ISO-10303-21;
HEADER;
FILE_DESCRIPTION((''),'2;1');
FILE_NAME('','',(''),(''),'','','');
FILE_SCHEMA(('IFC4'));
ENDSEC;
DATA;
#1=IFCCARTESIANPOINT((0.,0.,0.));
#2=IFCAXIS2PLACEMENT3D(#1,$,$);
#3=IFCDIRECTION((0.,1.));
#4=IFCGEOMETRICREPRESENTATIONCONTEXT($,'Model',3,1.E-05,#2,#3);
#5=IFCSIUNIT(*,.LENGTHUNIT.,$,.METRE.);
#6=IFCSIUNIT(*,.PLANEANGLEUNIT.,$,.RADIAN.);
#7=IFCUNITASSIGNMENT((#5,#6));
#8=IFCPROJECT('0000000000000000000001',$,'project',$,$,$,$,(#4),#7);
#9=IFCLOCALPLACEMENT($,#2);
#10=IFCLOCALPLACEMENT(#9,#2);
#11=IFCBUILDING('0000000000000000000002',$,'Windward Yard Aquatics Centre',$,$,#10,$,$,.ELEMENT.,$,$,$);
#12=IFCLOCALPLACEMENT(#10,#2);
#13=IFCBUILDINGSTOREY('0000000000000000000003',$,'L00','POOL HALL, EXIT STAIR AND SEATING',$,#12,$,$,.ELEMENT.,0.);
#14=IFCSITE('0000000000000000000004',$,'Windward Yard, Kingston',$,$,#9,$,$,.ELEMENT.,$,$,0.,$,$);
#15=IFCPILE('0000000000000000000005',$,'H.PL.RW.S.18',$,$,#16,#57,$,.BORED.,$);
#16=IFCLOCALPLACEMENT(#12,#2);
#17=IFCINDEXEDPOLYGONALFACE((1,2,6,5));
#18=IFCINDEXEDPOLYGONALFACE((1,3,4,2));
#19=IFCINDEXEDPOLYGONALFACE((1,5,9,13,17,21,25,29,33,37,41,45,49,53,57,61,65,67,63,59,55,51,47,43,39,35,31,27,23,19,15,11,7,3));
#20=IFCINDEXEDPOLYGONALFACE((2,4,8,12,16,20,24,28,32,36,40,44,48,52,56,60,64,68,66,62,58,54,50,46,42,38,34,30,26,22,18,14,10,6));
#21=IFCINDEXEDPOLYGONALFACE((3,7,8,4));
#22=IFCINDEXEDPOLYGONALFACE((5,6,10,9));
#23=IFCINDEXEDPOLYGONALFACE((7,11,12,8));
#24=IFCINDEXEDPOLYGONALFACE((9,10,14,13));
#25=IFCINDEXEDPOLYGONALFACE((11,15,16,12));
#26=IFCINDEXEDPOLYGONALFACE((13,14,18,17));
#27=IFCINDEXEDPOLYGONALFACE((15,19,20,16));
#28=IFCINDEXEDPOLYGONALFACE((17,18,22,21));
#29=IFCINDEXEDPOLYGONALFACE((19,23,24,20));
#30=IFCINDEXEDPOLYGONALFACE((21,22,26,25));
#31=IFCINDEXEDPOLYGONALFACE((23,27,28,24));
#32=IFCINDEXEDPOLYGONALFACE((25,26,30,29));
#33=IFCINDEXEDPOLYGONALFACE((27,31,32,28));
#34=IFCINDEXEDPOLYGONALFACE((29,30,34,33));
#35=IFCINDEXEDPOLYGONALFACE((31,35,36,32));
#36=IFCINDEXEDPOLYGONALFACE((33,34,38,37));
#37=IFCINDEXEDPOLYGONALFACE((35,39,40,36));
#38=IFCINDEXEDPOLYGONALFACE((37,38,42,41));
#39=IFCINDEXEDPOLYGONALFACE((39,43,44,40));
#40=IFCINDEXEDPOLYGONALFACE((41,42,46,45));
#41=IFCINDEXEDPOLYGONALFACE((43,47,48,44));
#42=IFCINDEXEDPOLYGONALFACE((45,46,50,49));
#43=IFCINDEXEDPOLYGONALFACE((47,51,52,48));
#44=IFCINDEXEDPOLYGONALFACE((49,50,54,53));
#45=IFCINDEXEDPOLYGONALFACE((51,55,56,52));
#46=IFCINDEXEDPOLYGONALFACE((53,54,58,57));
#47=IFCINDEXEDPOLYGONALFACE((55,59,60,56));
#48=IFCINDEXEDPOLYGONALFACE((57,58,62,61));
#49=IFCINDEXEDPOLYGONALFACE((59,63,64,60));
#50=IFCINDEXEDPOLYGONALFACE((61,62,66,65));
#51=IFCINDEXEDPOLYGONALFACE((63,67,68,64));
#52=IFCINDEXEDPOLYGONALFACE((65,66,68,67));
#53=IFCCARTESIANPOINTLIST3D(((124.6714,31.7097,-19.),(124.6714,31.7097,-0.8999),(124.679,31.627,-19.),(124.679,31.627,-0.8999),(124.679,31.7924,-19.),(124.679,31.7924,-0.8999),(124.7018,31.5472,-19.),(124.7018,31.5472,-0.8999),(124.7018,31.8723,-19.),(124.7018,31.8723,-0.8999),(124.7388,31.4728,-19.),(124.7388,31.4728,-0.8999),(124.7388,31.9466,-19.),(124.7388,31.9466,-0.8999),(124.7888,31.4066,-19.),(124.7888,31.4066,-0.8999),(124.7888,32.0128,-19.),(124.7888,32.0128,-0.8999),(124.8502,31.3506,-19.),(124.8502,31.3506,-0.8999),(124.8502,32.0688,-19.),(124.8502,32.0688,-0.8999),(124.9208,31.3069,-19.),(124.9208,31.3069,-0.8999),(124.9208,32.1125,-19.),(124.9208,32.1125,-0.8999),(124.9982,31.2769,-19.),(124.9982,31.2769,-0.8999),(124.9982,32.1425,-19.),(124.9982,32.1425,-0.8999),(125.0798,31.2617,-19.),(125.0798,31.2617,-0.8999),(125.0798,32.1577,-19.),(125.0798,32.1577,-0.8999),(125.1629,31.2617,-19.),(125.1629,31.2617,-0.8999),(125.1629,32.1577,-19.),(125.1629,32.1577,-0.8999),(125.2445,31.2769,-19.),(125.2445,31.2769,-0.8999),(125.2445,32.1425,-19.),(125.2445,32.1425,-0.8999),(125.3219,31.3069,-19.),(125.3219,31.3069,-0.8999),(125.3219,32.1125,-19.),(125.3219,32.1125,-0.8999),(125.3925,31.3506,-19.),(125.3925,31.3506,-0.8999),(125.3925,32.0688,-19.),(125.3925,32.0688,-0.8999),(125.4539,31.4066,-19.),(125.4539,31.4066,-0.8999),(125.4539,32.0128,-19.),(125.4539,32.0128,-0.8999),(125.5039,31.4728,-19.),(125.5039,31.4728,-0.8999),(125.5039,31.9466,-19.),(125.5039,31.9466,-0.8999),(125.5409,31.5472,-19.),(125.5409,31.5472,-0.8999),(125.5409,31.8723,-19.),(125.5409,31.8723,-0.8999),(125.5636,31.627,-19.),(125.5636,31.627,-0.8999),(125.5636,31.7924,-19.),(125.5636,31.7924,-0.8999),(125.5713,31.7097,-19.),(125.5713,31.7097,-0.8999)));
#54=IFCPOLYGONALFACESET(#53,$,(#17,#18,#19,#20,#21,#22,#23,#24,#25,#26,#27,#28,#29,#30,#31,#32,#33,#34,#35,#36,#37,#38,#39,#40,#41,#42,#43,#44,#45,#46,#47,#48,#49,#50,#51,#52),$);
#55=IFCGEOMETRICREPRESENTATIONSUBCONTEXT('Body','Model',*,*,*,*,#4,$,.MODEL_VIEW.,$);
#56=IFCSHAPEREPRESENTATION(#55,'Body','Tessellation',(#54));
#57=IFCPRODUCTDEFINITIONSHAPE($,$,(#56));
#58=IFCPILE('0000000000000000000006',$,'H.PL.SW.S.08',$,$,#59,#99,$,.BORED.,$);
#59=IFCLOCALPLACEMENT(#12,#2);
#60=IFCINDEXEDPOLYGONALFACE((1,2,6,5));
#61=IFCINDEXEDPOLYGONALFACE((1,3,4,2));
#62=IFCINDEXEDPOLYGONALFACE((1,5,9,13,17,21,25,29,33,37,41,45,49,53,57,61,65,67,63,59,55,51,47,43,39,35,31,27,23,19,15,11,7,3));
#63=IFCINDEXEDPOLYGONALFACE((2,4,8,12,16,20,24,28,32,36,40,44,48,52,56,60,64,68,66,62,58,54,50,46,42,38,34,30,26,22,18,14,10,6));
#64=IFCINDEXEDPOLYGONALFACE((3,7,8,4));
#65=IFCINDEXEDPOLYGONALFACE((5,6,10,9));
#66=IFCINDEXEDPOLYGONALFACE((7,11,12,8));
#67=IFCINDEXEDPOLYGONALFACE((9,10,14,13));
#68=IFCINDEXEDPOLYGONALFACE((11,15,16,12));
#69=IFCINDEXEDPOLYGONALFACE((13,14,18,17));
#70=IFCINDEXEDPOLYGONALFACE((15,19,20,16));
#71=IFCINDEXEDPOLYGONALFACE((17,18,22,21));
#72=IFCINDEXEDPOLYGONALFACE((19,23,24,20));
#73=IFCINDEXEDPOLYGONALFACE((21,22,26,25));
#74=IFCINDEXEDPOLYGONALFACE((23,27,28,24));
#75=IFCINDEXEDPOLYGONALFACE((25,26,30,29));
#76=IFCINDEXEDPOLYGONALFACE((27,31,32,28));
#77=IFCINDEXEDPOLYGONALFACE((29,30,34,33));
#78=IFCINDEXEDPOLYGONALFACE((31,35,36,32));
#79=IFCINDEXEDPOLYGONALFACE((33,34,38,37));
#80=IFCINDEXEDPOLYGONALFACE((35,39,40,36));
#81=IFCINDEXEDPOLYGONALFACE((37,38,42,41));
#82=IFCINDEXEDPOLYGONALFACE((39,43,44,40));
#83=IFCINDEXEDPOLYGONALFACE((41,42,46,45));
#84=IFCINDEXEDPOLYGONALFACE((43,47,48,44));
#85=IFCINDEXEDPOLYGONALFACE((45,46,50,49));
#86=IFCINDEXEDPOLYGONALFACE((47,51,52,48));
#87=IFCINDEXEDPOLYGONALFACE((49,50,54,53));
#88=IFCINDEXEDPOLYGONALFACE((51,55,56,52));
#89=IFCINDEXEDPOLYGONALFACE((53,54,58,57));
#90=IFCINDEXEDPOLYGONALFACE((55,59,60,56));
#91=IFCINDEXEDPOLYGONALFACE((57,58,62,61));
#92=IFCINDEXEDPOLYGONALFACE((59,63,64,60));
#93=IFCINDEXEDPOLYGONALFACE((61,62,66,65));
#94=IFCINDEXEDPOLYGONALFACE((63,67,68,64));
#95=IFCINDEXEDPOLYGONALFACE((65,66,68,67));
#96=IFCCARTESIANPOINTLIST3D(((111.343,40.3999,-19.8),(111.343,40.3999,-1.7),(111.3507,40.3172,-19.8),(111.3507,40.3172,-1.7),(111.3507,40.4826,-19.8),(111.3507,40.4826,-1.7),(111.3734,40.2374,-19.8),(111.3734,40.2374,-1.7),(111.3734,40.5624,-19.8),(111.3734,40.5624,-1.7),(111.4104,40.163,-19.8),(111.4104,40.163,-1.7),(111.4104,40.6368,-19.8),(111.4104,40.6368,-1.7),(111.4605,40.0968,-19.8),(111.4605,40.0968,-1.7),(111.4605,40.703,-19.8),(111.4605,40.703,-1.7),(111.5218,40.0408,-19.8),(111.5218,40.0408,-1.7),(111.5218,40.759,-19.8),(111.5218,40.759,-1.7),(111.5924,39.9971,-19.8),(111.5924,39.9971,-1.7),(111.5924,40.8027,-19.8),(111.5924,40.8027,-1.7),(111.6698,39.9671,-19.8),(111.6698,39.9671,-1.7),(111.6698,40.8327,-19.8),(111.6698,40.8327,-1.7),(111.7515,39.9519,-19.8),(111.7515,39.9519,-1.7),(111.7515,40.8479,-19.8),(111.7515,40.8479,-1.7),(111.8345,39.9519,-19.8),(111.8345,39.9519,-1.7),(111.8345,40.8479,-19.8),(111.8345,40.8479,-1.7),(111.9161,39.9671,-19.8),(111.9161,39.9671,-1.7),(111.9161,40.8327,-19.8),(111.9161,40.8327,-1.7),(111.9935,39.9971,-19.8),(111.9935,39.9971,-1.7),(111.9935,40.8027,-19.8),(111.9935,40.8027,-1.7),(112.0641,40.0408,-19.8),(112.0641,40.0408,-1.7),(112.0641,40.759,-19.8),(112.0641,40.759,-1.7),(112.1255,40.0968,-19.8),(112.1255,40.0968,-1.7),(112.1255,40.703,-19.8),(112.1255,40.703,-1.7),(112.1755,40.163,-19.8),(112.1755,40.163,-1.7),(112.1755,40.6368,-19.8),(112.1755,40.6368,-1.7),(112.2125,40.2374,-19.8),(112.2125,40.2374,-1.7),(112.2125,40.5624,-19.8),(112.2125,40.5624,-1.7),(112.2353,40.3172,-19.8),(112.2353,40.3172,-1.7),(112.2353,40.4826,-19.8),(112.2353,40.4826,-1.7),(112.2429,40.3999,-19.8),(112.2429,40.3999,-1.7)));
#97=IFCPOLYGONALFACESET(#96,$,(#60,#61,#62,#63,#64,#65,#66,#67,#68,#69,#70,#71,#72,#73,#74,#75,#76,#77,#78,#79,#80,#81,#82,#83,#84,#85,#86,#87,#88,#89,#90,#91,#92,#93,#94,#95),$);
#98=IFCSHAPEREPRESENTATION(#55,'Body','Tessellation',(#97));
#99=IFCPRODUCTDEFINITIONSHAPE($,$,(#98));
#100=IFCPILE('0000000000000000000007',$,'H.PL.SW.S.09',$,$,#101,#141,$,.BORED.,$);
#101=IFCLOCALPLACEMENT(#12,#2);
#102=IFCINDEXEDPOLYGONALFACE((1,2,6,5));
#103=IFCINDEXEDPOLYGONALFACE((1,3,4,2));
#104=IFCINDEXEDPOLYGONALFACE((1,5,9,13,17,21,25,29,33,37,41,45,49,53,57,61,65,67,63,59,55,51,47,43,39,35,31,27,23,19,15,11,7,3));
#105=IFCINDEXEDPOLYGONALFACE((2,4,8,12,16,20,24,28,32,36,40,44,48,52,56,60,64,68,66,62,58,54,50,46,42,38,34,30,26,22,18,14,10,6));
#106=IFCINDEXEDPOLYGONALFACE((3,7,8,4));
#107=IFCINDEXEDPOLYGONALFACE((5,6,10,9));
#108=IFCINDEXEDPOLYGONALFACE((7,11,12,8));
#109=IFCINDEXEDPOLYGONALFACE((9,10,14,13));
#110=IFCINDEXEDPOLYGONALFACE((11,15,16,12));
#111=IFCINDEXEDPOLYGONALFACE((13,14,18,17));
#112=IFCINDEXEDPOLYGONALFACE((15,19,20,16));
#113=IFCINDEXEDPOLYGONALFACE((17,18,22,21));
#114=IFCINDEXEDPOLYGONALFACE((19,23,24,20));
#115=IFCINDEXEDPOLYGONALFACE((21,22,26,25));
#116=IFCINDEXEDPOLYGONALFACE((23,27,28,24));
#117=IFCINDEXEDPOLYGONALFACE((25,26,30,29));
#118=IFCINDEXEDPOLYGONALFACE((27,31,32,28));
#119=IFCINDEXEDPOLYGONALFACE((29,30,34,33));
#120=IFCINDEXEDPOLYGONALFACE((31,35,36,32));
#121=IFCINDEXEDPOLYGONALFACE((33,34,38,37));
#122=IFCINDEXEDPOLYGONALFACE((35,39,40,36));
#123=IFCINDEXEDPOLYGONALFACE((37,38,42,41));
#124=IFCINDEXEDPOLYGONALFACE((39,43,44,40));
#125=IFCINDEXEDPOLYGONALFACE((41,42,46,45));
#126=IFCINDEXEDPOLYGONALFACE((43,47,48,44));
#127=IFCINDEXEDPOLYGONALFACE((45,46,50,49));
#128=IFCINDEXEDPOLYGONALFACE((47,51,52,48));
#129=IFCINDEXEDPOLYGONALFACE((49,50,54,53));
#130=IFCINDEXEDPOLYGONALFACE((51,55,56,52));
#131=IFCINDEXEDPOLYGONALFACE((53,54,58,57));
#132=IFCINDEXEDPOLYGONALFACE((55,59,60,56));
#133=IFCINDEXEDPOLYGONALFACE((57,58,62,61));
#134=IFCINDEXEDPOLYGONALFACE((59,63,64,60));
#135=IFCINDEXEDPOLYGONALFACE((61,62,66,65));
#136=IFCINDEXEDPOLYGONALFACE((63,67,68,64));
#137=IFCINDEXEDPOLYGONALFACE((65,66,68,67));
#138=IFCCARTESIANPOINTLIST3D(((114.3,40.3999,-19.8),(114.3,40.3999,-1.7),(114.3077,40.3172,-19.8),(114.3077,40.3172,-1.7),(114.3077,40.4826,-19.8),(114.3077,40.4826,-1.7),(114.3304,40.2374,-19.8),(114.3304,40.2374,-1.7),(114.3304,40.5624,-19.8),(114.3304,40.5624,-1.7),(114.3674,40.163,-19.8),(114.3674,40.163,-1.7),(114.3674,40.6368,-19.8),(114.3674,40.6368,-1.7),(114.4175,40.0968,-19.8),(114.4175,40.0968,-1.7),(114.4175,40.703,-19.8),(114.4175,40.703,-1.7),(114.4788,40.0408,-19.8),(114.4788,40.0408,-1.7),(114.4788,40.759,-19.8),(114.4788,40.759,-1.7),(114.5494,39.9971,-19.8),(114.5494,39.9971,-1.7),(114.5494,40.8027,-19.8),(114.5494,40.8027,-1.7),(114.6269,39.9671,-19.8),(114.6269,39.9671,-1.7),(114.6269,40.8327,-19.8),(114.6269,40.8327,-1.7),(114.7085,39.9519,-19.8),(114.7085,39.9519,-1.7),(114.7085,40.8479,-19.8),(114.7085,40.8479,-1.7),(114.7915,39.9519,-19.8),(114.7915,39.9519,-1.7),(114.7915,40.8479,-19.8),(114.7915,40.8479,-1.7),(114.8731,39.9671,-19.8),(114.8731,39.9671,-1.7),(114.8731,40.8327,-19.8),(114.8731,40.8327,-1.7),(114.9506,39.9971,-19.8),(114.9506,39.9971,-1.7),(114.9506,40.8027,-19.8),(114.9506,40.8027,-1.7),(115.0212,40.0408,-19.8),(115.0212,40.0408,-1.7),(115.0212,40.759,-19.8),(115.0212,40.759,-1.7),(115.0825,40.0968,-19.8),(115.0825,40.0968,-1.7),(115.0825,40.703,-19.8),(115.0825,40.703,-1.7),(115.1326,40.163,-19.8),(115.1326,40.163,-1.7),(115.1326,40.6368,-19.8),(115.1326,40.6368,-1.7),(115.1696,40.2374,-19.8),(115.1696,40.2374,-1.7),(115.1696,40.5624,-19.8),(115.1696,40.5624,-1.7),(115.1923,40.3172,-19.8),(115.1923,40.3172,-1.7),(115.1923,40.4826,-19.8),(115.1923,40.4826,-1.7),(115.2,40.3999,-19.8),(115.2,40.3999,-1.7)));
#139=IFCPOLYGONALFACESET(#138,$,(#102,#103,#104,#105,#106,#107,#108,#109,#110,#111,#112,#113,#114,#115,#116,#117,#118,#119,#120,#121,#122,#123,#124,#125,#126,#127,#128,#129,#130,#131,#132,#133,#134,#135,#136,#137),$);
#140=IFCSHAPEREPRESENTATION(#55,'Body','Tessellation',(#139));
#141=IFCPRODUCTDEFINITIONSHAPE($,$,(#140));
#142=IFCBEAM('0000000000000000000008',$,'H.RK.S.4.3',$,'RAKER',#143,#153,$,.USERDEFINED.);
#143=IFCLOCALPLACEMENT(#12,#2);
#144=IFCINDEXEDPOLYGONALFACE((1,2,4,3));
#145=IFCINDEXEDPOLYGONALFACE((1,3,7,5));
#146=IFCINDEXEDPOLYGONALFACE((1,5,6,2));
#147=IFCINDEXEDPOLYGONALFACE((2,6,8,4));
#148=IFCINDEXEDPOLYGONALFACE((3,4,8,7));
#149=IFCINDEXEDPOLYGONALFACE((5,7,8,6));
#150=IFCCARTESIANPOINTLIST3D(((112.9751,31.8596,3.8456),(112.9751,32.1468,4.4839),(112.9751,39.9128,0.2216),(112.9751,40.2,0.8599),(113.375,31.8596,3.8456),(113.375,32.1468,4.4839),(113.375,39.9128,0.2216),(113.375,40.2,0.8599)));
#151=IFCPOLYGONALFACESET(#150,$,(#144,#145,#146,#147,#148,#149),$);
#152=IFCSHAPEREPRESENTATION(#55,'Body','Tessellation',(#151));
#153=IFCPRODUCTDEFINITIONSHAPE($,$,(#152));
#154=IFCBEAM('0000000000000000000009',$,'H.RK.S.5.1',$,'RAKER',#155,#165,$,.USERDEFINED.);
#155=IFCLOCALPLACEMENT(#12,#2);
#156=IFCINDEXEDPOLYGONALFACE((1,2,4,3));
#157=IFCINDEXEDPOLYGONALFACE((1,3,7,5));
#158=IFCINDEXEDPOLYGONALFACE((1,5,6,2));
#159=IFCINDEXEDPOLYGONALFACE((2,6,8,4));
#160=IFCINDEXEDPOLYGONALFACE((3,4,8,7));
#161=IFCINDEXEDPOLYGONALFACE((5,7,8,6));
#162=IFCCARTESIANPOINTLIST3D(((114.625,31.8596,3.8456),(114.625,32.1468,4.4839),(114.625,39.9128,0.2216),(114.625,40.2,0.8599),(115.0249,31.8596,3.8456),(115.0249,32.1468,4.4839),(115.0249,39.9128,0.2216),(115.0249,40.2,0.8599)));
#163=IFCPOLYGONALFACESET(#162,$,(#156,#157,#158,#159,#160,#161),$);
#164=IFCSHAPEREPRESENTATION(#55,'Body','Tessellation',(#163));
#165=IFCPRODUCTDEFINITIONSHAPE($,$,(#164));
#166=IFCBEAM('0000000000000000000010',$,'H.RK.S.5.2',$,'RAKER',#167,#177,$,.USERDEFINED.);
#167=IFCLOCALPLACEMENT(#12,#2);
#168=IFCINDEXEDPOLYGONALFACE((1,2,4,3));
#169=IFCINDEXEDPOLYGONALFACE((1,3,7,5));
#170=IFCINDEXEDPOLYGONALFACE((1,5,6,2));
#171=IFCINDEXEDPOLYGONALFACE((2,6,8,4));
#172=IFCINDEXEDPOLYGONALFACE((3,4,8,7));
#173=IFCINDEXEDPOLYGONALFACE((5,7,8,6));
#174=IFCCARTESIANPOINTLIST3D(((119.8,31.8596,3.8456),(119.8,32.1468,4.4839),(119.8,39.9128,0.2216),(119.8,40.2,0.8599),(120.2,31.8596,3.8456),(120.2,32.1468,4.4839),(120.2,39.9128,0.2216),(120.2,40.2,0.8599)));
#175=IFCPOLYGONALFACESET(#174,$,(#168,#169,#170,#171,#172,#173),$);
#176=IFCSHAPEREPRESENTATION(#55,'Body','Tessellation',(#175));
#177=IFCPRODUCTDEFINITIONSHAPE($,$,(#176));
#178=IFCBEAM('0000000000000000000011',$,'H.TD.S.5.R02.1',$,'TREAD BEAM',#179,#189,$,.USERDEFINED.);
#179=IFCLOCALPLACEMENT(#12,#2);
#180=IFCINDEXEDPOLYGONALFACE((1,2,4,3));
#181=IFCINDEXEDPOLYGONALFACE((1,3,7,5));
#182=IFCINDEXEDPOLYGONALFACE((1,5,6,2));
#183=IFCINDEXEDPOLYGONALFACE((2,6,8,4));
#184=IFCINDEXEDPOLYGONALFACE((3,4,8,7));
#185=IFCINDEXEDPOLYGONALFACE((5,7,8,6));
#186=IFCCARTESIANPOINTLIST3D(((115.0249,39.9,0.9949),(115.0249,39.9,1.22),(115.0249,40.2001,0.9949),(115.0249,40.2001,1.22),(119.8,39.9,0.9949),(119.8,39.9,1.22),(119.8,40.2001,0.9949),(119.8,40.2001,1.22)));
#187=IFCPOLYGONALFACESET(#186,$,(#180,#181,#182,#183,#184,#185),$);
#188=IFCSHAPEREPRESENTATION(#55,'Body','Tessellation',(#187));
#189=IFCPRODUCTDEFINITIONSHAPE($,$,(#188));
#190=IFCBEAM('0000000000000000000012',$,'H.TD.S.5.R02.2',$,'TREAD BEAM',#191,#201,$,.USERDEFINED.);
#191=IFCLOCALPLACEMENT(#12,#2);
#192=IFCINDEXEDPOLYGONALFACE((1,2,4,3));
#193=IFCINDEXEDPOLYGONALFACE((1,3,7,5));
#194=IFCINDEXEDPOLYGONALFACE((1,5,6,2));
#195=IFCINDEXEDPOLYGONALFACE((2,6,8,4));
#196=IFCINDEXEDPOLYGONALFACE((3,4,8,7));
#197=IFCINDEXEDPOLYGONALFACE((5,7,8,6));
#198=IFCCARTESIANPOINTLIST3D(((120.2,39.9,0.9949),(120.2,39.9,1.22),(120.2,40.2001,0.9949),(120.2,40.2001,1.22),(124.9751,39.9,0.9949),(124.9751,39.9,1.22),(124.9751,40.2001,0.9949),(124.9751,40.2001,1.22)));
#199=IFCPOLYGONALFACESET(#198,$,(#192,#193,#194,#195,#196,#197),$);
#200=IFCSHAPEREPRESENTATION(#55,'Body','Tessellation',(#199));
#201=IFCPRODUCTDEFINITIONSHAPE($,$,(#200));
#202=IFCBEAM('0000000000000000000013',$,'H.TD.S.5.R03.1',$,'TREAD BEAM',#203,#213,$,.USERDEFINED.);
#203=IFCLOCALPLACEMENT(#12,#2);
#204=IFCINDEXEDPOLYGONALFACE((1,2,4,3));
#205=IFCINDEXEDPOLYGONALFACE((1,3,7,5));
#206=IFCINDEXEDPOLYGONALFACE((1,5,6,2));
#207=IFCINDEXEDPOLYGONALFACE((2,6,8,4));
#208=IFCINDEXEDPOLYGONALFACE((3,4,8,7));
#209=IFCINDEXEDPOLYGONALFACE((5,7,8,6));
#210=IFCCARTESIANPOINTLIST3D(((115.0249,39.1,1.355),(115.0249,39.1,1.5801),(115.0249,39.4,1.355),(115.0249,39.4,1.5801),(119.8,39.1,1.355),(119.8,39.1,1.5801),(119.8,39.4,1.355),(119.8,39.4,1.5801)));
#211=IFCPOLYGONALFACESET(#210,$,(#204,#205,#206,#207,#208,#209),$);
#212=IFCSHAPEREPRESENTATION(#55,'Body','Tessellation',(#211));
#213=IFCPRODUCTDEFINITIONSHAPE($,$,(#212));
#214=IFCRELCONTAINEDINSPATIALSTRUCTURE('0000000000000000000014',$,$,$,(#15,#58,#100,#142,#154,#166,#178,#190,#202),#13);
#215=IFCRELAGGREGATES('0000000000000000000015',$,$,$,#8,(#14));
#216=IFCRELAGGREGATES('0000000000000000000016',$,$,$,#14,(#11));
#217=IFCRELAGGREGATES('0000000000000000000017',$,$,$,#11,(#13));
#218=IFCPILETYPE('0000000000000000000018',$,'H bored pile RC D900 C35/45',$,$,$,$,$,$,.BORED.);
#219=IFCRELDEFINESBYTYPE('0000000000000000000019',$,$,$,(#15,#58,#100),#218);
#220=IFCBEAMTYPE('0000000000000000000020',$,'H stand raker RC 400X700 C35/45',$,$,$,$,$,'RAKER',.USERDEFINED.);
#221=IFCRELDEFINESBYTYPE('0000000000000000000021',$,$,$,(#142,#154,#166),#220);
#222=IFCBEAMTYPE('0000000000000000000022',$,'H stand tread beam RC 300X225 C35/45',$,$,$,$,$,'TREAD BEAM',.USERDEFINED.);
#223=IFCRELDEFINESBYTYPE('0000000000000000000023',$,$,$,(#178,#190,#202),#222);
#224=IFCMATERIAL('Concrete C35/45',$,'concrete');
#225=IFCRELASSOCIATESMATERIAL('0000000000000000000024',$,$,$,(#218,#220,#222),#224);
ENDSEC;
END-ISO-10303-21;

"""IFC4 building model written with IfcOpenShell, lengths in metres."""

from ifc_helpers import new_model, si_unit, direction, frame, origin, origin_2d, place, context, subcontext, project, spatial, rectangle, circle, extrude, material, material_profile, profile_set, type_object, element, save


model = new_model("IFC4")

# Units and contexts
model_context = context("Model", 3, precision=1e-05, world=origin(), true_north=direction((0.0, 1.0)))
body_context = subcontext(model_context, "Body", "Model", "MODEL_VIEW")
ifc_project = project(units=[si_unit("LENGTHUNIT", "METRE"), si_unit("PLANEANGLEUNIT", "RADIAN")], contexts=[model_context])

# Site, building, storey
site_placement = place(None, origin())
site = spatial("IfcSite", under=ifc_project, at=site_placement, Name="Windward Yard, Kingston", CompositionType="ELEMENT", RefElevation=0.0)
building_placement = place(site_placement, origin())
building = spatial("IfcBuilding", under=site, at=building_placement, Name="Windward Yard Aquatics Centre", CompositionType="ELEMENT")
storey_placement = place(building_placement, origin())
storey = spatial("IfcBuildingStorey", under=building, at=storey_placement, Name="L00", Description="POOL HALL, EXIT STAIR AND SEATING", CompositionType="ELEMENT", Elevation=0.0)

# Piles
ifc_material_1 = material(Name="Concrete C35/45", Category="concrete")
ifc_material_profile_1 = material_profile(ifc_material_1, circle(Radius=0.45, at=origin_2d()), Name="RC D900")
ifc_profile_set_1 = profile_set([ifc_material_profile_1], Name="Concrete C35/45")
pile_type = type_object("IfcPileType", Name="H bored pile RC D900 C35/45", PredefinedType="BORED", material=ifc_profile_set_1)
for number, where, z_axis, x_axis, name in (
    (1, (125.1213, 31.7097, -0.8999), (0.0, 0.0, -1.0), (1.0, 0.0, 0.0), "H.PL.RW.S.18"),
    (2, (111.793, 40.3999, -1.7), (0.0, 0.0, -1.0), (1.0, 0.0, 0.0), "H.PL.SW.S.08"),
    (3, (114.75, 40.3999, -1.7), (0.0, 0.0, -1.0), (1.0, 0.0, 0.0), "H.PL.SW.S.09"),
):
    element("IfcPile", number, at=place(storey_placement, frame(where, z_axis=z_axis, x_axis=x_axis)), inside=storey, type_object=pile_type, Name=name, PredefinedType="BORED", context=body_context, shape_type="SweptSolid", body=[
        extrude(circle(Radius=0.45, at=origin_2d()), origin(), (0.0, 0.0, 1.0), 18.1001),
    ])

# Beams
ifc_material_profile_2 = material_profile(ifc_material_1, rectangle(XDim=0.3999, YDim=0.7, at=origin_2d()), Name="RC 400X700")
ifc_profile_set_2 = profile_set([ifc_material_profile_2], Name="Concrete C35/45")
beam_type_1 = type_object("IfcBeamType", Name="H stand raker RC 400X700 C35/45", ElementType="RAKER", PredefinedType="USERDEFINED", material=ifc_profile_set_2)
for number, where, z_axis, x_axis, name in (
    (4, (113.175, 40.0564, 0.5408), (0.0, -0.911918, 0.410372), (1.0, 0.0, 0.0), "H.RK.S.4.3"),
    (5, (114.825, 40.0564, 0.5408), (0.0, -0.911918, 0.410372), (1.0, 0.0, 0.0), "H.RK.S.5.1"),
    (6, (120.0, 40.0564, 0.5408), (0.0, -0.911918, 0.410372), (1.0, 0.0, 0.0), "H.RK.S.5.2"),
):
    element("IfcBeam", number, at=place(storey_placement, frame(where, z_axis=z_axis, x_axis=x_axis)), inside=storey, type_object=beam_type_1, Name=name, ObjectType="RAKER", PredefinedType="USERDEFINED", context=body_context, shape_type="SweptSolid", body=[
        extrude(rectangle(XDim=0.3999, YDim=0.7, at=origin_2d()), origin(), (0.0, 0.0, 1.0), 8.8311),
    ])
ifc_material_profile_3 = material_profile(ifc_material_1, rectangle(XDim=0.3, YDim=0.2251, at=origin_2d()), Name="RC 300X225")
ifc_profile_set_3 = profile_set([ifc_material_profile_3], Name="Concrete C35/45")
beam_type_2 = type_object("IfcBeamType", Name="H stand tread beam RC 300X225 C35/45", ElementType="TREAD BEAM", PredefinedType="USERDEFINED", material=ifc_profile_set_3)
for number, where, z_axis, x_axis, name in (
    (7, (115.0249, 40.05, 1.1074), (1.0, 0.0, 0.0), (0.0, 1.0, 0.0), "H.TD.S.5.R02.1"),
    (8, (120.2, 40.05, 1.1074), (1.0, 0.0, 0.0), (0.0, 1.0, 0.0), "H.TD.S.5.R02.2"),
    (9, (115.0249, 39.25, 1.4675), (1.0, 0.0, 0.0), (0.0, 1.0, 0.0), "H.TD.S.5.R03.1"),
):
    element("IfcBeam", number, at=place(storey_placement, frame(where, z_axis=z_axis, x_axis=x_axis)), inside=storey, type_object=beam_type_2, Name=name, ObjectType="TREAD BEAM", PredefinedType="USERDEFINED", context=body_context, shape_type="SweptSolid", body=[
        extrude(rectangle(XDim=0.3, YDim=0.2251, at=origin_2d()), origin(), (0.0, 0.0, 1.0), 4.7751),
    ])

save(model, "model.ifc")
